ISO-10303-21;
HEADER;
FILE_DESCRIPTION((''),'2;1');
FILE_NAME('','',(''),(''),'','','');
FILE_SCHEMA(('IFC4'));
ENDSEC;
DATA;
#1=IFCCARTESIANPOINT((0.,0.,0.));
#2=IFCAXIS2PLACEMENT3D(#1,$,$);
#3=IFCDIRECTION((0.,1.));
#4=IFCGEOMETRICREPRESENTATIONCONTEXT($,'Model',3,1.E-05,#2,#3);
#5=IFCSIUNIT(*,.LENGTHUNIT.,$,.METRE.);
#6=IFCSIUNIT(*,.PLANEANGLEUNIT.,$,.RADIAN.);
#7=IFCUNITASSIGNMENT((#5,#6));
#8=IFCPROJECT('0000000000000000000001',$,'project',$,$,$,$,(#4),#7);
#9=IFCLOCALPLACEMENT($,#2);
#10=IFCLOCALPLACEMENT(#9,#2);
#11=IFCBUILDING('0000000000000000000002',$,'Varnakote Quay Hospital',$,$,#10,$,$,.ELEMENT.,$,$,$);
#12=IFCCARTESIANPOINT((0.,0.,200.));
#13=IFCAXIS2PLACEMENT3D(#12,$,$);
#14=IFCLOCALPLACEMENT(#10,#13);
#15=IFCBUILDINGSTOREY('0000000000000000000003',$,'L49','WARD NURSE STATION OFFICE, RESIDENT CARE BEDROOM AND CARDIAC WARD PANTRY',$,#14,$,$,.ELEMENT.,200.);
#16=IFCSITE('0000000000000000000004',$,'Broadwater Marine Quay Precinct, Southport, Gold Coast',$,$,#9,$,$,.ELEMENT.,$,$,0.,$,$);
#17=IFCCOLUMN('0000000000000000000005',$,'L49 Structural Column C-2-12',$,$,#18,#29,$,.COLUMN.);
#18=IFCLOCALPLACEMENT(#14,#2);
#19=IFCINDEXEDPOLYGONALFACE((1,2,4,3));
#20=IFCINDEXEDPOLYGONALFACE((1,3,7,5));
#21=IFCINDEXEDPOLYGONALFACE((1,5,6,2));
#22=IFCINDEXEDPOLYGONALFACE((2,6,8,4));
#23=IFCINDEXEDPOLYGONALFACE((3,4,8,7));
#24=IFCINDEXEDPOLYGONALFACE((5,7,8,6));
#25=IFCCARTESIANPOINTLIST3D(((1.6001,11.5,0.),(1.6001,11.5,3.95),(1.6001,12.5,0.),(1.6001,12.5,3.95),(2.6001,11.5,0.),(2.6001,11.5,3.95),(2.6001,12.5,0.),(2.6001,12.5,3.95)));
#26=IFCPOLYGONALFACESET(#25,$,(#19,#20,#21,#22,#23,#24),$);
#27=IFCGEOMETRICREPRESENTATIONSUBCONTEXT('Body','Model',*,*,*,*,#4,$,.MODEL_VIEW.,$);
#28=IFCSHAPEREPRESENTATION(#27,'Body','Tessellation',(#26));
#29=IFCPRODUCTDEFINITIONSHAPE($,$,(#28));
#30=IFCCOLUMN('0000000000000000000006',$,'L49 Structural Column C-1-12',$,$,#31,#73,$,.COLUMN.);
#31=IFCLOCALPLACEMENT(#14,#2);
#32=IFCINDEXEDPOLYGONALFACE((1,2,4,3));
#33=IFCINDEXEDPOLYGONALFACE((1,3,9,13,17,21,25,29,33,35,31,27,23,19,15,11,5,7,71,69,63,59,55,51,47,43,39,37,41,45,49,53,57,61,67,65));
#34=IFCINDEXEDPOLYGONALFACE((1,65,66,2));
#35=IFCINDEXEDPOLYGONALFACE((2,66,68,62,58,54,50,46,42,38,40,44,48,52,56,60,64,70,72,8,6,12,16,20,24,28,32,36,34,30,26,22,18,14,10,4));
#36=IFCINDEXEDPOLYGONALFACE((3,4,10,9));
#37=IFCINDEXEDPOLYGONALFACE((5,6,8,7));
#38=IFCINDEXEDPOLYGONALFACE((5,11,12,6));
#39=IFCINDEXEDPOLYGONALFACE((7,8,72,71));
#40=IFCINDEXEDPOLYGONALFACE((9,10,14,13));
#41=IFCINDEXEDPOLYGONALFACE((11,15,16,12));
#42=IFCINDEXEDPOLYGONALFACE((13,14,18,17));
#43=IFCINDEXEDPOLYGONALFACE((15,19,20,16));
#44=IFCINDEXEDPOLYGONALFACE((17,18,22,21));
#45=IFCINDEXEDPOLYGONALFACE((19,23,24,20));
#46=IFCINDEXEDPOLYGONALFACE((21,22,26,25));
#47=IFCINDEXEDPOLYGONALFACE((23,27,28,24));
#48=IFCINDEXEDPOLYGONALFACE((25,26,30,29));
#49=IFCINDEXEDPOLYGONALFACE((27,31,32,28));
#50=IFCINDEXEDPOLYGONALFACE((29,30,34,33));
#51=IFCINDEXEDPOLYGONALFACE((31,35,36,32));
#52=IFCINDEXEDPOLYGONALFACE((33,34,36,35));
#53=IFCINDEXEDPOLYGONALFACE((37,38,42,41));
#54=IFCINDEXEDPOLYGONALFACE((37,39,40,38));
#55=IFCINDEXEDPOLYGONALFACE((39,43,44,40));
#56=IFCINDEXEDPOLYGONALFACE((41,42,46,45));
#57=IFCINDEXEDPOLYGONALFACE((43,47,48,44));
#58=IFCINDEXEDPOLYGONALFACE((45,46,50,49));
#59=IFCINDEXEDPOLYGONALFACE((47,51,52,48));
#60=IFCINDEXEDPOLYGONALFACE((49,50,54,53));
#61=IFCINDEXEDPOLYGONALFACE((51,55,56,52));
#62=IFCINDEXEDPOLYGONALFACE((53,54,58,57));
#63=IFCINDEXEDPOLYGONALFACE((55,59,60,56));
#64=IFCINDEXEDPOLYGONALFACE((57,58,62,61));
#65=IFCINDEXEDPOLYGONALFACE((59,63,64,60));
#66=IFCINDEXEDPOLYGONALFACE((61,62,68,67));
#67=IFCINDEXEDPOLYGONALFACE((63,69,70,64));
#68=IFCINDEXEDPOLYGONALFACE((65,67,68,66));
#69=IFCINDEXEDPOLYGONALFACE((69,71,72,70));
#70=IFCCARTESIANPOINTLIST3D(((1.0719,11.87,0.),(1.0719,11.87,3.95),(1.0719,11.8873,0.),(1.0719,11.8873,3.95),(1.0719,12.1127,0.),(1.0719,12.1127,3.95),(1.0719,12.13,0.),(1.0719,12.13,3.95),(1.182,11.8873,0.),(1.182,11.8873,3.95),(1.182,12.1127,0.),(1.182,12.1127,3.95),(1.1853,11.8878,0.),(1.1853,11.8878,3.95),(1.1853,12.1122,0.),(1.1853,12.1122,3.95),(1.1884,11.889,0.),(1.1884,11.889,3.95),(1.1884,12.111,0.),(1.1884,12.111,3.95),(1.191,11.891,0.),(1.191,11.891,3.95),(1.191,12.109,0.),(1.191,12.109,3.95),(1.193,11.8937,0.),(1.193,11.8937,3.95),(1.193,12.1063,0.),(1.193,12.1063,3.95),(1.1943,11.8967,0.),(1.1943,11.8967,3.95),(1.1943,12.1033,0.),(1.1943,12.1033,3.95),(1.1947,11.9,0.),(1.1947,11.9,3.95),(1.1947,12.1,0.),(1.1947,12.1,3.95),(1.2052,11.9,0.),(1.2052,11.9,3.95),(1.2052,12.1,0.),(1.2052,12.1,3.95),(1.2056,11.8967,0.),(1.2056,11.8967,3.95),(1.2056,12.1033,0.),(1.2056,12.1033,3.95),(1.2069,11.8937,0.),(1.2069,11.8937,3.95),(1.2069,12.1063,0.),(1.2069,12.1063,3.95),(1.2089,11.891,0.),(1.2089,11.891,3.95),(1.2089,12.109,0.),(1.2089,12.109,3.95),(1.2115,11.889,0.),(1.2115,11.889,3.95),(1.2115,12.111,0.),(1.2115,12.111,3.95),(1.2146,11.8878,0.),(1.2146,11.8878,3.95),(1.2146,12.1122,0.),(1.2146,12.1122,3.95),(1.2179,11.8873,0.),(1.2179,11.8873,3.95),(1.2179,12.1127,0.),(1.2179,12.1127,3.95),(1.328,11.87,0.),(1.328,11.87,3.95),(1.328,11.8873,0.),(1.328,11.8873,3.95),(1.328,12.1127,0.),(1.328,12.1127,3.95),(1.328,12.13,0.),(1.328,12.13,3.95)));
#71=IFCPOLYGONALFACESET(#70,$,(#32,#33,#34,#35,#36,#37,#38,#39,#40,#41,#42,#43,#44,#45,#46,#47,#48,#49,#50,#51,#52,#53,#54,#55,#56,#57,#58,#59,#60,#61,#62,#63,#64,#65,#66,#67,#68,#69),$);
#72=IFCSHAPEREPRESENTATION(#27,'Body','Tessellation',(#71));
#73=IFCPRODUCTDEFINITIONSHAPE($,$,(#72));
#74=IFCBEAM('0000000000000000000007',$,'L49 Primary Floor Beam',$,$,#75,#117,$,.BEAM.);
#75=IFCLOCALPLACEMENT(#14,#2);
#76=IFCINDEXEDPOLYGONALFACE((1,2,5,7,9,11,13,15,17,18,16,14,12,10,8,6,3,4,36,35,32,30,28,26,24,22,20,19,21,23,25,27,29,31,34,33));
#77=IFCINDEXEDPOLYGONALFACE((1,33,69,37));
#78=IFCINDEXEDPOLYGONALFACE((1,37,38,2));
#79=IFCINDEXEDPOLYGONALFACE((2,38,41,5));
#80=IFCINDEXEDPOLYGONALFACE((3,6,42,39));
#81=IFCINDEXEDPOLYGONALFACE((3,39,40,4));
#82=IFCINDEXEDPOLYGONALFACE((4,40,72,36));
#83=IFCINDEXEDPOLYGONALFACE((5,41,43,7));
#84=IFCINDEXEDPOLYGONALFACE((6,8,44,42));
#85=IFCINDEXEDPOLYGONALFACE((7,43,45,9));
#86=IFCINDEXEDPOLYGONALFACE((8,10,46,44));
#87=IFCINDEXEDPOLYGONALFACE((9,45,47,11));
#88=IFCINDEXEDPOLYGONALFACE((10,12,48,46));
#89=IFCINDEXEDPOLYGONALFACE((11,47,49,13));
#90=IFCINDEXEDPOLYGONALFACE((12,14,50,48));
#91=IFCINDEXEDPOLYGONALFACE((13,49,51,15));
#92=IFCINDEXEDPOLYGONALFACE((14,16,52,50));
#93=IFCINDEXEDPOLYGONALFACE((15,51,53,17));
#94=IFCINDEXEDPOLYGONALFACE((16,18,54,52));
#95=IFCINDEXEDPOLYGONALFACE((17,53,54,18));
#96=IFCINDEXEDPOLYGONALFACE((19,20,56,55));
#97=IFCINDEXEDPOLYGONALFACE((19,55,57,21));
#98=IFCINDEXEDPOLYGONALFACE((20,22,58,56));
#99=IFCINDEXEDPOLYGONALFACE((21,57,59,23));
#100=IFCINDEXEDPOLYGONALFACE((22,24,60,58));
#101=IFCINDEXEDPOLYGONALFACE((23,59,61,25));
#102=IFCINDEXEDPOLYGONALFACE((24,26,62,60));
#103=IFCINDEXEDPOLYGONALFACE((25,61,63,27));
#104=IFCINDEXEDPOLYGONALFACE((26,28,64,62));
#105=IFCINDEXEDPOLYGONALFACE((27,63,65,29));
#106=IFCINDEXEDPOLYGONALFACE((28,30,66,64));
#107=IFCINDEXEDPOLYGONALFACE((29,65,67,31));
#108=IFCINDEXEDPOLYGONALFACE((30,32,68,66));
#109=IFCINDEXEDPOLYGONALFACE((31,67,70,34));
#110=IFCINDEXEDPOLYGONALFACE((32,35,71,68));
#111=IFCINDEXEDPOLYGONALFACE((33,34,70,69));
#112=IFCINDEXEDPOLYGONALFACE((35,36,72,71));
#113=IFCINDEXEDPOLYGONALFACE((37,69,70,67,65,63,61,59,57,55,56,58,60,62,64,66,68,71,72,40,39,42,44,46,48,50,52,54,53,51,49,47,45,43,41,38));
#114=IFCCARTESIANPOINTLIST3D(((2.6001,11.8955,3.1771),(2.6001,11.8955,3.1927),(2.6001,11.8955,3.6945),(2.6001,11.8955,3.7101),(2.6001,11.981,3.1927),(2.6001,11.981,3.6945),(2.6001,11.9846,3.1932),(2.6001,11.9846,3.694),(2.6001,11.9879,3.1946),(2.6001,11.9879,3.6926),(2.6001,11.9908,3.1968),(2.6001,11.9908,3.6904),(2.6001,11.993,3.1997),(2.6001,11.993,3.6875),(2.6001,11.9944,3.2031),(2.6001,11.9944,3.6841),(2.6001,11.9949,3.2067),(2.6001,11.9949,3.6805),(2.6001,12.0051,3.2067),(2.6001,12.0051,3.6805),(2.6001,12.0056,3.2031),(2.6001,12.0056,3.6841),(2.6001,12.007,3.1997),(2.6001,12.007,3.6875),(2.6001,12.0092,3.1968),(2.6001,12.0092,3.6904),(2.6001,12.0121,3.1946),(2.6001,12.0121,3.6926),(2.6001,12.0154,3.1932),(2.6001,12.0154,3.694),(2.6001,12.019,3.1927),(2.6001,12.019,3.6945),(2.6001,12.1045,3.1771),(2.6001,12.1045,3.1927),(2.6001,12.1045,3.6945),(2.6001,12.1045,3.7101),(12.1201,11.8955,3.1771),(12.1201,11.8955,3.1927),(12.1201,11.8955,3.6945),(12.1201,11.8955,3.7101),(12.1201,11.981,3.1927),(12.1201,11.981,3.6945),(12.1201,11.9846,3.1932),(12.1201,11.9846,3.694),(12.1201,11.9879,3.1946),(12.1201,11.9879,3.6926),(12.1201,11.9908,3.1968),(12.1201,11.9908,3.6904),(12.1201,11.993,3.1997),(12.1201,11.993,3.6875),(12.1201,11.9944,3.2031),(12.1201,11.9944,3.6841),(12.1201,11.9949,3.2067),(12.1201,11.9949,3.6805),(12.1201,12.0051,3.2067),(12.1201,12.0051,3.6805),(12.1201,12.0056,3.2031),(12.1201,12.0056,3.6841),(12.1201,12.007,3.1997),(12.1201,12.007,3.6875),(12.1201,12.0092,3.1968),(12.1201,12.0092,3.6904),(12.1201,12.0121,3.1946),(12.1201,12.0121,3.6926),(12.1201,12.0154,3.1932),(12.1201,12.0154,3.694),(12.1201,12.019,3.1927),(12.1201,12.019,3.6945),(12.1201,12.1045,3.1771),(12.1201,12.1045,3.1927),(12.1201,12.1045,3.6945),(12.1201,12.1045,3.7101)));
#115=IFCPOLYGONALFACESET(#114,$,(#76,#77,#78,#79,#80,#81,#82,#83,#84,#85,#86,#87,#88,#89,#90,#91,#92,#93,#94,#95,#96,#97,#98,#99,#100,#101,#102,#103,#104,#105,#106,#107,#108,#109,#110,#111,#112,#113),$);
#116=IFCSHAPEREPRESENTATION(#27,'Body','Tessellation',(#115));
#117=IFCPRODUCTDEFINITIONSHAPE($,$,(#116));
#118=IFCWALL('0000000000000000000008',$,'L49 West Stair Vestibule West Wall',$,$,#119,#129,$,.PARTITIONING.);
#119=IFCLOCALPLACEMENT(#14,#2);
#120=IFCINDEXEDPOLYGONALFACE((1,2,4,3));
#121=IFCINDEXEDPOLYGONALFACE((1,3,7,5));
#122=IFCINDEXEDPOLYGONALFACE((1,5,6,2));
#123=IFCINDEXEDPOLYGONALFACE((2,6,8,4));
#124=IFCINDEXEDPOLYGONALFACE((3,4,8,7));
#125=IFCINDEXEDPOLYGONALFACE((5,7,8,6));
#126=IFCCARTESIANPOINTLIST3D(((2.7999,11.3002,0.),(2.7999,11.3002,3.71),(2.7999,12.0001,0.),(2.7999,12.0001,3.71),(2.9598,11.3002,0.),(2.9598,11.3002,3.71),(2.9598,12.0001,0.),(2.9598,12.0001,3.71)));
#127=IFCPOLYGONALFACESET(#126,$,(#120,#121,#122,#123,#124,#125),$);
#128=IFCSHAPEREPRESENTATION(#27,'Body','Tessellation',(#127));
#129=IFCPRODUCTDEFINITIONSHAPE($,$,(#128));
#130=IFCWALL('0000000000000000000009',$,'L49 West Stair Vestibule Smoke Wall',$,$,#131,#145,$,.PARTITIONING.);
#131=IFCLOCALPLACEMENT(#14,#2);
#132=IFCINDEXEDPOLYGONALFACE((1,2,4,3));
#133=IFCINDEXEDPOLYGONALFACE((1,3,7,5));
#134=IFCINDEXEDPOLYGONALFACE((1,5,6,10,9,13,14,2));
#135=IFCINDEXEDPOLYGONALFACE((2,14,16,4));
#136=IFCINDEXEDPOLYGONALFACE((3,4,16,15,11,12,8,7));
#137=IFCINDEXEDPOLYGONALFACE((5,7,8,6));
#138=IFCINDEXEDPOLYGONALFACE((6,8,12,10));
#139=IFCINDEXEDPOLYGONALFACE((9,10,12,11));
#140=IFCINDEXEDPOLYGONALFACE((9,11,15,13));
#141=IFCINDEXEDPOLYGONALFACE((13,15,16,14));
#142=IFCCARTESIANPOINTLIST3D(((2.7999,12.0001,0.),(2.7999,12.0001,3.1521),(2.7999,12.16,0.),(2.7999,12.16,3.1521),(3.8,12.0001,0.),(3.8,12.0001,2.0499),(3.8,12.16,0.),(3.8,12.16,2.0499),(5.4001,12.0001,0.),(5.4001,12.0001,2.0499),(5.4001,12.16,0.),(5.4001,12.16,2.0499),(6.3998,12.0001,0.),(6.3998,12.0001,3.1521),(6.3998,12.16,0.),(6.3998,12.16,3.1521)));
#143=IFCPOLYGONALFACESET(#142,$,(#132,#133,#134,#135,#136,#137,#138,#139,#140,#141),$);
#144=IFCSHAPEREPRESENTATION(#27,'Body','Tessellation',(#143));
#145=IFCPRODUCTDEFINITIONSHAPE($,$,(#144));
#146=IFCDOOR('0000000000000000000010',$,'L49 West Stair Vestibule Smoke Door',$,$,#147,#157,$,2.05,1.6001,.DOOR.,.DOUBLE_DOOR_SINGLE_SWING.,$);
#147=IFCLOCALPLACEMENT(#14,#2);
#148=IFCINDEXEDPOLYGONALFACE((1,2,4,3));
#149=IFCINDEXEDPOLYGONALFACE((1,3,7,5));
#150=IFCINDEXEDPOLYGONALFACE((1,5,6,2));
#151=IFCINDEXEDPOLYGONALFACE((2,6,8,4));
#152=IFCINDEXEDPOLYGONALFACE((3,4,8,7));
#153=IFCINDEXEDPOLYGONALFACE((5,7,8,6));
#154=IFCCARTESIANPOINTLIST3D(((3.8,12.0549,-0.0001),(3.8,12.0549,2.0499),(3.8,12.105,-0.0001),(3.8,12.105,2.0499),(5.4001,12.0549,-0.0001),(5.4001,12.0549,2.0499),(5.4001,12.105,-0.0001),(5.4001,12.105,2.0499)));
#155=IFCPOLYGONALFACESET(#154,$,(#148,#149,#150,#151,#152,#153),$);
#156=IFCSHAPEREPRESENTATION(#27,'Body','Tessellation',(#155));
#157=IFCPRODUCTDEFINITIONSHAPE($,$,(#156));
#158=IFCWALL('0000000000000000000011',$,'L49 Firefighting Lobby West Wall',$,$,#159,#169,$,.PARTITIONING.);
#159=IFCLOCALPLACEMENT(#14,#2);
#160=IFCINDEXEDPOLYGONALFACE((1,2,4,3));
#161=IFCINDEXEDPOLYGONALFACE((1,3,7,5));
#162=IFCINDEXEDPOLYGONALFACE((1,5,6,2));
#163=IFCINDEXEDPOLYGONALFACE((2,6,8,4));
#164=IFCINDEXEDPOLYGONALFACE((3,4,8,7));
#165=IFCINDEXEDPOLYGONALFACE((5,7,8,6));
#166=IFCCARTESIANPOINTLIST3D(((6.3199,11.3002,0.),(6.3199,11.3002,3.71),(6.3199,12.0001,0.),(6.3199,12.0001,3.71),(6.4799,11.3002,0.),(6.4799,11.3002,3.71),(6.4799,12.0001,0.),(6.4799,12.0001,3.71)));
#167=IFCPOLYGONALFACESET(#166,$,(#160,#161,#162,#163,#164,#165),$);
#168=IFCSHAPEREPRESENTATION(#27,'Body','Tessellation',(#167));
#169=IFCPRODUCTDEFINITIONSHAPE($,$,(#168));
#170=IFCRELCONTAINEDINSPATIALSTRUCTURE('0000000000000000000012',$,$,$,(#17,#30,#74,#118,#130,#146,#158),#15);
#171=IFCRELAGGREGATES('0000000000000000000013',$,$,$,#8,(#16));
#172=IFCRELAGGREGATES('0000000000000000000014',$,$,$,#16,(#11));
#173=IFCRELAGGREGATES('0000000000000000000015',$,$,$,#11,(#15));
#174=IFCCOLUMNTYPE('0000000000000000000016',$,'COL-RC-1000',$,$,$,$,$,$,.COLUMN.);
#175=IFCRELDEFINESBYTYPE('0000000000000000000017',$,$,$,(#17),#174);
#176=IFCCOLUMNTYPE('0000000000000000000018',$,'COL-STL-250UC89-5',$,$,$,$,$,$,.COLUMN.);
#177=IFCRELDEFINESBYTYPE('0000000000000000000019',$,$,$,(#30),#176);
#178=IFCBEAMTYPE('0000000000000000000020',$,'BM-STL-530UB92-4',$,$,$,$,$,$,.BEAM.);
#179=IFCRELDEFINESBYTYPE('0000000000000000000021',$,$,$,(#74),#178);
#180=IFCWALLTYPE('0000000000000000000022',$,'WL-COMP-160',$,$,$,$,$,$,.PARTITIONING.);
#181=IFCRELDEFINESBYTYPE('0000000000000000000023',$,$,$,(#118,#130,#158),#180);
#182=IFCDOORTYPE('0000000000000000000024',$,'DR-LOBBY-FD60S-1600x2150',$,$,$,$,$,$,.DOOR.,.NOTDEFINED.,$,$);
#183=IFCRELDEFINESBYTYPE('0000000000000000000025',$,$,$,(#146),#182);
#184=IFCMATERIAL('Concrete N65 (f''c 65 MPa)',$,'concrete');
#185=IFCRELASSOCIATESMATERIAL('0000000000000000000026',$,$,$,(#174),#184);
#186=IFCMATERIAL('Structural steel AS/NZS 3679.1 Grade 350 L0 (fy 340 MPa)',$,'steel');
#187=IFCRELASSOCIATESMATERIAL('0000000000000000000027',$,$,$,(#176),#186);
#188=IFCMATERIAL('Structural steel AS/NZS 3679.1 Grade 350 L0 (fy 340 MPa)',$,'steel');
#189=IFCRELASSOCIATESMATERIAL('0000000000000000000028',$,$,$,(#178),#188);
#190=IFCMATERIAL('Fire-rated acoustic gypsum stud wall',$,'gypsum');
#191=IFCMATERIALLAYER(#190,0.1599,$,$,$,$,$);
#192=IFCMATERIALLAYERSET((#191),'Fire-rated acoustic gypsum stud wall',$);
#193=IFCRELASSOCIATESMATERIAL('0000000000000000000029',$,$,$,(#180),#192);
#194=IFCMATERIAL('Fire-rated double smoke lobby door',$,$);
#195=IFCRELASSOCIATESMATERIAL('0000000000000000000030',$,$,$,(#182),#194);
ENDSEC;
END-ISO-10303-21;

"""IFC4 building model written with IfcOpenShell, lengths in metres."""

from ifc_helpers import new_model, si_unit, direction, frame, frame_2d, origin, origin_2d, place, context, subcontext, project, spatial, rectangle, i_section, extrude, material, layer, layer_set, material_profile, profile_set, type_object, element, fill, save


model = new_model("IFC4")

# Units and contexts
model_context = context("Model", 3, precision=1e-05, world=origin(), true_north=direction((0.0, 1.0)))
body_context = subcontext(model_context, "Body", "Model", "MODEL_VIEW")
ifc_project = project(units=[si_unit("LENGTHUNIT", "METRE"), si_unit("PLANEANGLEUNIT", "RADIAN")], contexts=[model_context])

# Site, building, storey
site_placement = place(None, origin())
site = spatial("IfcSite", under=ifc_project, at=site_placement, Name="Broadwater Marine Quay Precinct, Southport, Gold Coast", CompositionType="ELEMENT", RefElevation=0.0)
building_placement = place(site_placement, origin())
building = spatial("IfcBuilding", under=site, at=building_placement, Name="Varnakote Quay Hospital", CompositionType="ELEMENT")
storey_placement = place(building_placement, frame((0.0, 0.0, 200.0)))
storey = spatial("IfcBuildingStorey", under=building, at=storey_placement, Name="L49", Description="WARD NURSE STATION OFFICE, RESIDENT CARE BEDROOM AND CARDIAC WARD PANTRY", CompositionType="ELEMENT", Elevation=200.0)

# Columns
ifc_material_1 = material(Name="Concrete N65 (f'c 65 MPa)", Category="concrete")
ifc_material_profile_1 = material_profile(ifc_material_1, rectangle(XDim=1.0, YDim=1.0, at=origin_2d()), Name="RC-COL-1000x1000")
ifc_profile_set_1 = profile_set([ifc_material_profile_1], Name="Concrete N65 (f'c 65 MPa)")
column_type_1 = type_object("IfcColumnType", Name="COL-RC-1000", PredefinedType="COLUMN", material=ifc_profile_set_1)
column_1_placement = place(storey_placement, frame((2.1001, 12.0, 0.0), z_axis=(0.0, 0.0, 1.0), x_axis=(1.0, 0.0, 0.0)))
element("IfcColumn", 1, at=column_1_placement, inside=storey, type_object=column_type_1, Name="L49 Structural Column C-2-12", PredefinedType="COLUMN", context=body_context, shape_type="SweptSolid", body=[
    extrude(rectangle(XDim=1.0, YDim=1.0, at=origin_2d()), origin(), (0.0, 0.0, 1.0), 3.95),
])
ifc_material_2 = material(Name="Structural steel AS/NZS 3679.1 Grade 350 L0 (fy 340 MPa)", Category="steel")
ifc_material_profile_2 = material_profile(ifc_material_2, i_section(OverallWidth=0.2561, OverallDepth=0.26, WebThickness=0.0105, FlangeThickness=0.0173, FilletRadius=0.0127, at=origin_2d()), Name="250UC89.5")
ifc_profile_set_2 = profile_set([ifc_material_profile_2], Name="Structural steel AS/NZS 3679.1 Grade 350 L0 (fy 340 MPa)")
column_type_2 = type_object("IfcColumnType", Name="COL-STL-250UC89-5", PredefinedType="COLUMN", material=ifc_profile_set_2)
column_2_placement = place(storey_placement, frame((1.2, 12.0, 0.0), z_axis=(0.0, 0.0, 1.0), x_axis=(1.0, 0.0, 0.0)))
element("IfcColumn", 2, at=column_2_placement, inside=storey, type_object=column_type_2, Name="L49 Structural Column C-1-12", PredefinedType="COLUMN", context=body_context, shape_type="SweptSolid", body=[
    extrude(i_section(OverallWidth=0.2561, OverallDepth=0.26, WebThickness=0.0105, FlangeThickness=0.0173, FilletRadius=0.0127, at=origin_2d()), origin(), (0.0, 0.0, 1.0), 3.95),
])

# Beam
ifc_material_3 = material(Name="Structural steel AS/NZS 3679.1 Grade 350 L0 (fy 340 MPa)", Category="steel")
ifc_material_profile_3 = material_profile(ifc_material_3, i_section(OverallWidth=0.209, OverallDepth=0.533, WebThickness=0.0103, FlangeThickness=0.0156, FilletRadius=0.0139, at=origin_2d()), Name="530UB92.4")
ifc_profile_set_3 = profile_set([ifc_material_profile_3], Name="Structural steel AS/NZS 3679.1 Grade 350 L0 (fy 340 MPa)")
beam_type = type_object("IfcBeamType", Name="BM-STL-530UB92-4", PredefinedType="BEAM", material=ifc_profile_set_3)
beam_placement = place(storey_placement, frame((2.6001, 12.0, 3.4436), z_axis=(1.0, 0.0, 0.0), x_axis=(0.0, 1.0, 0.0)))
element("IfcBeam", 3, at=beam_placement, inside=storey, type_object=beam_type, Name="L49 Primary Floor Beam", PredefinedType="BEAM", context=body_context, shape_type="SweptSolid", body=[
    extrude(i_section(OverallWidth=0.209, OverallDepth=0.533, WebThickness=0.0103, FlangeThickness=0.0156, FilletRadius=0.0139, at=origin_2d()), origin(), (0.0, 0.0, 1.0), 9.52),
])

# Wall
ifc_material_4 = material(Name="Fire-rated acoustic gypsum stud wall", Category="gypsum")
ifc_layer_1 = layer(ifc_material_4, 0.1599)
ifc_layer_set_1 = layer_set([ifc_layer_1], Name="Fire-rated acoustic gypsum stud wall")
wall_type_1 = type_object("IfcWallType", Name="WL-COMP-160", PredefinedType="PARTITIONING", material=ifc_layer_set_1)
wall_1_placement = place(storey_placement, frame((2.8799, 11.3, 0.0), z_axis=(0.0, 0.0, 1.0), x_axis=(0.0, 1.0, 0.0)))
element("IfcWall", 4, at=wall_1_placement, inside=storey, type_object=wall_type_1, Name="L49 West Stair Vestibule West Wall", PredefinedType="PARTITIONING", context=body_context, shape_type="SweptSolid", body=[
    extrude(rectangle(XDim=0.7, YDim=0.1599, at=frame_2d((0.3501, 0.0))), origin(), (0.0, 0.0, 1.0), 3.71),
])

# Wall, opening, door
wall_2_placement = place(storey_placement, frame((2.8, 12.0801, 0.0), z_axis=(0.0, 0.0, 1.0), x_axis=(1.0, 0.0, 0.0)))
wall_2 = element("IfcWall", 5, at=wall_2_placement, inside=storey, type_object=wall_type_1, Name="L49 West Stair Vestibule Smoke Wall", PredefinedType="PARTITIONING", context=body_context, shape_type="SweptSolid", body=[
    extrude(rectangle(XDim=3.5999, YDim=0.1599, at=frame_2d((1.7998, 0.0))), origin(), (0.0, 0.0, 1.0), 3.1521),
])
opening_1_placement = place(wall_2_placement, frame((1.0, 0.0, 0.0)))
opening_1 = element("IfcOpeningElement", 6, at=opening_1_placement, cuts=wall_2, PredefinedType="OPENING", context=body_context, shape_type="SweptSolid", body=[
    extrude(rectangle(XDim=1.6001, YDim=2.05, at=frame_2d((0.8, 1.0249))), frame((0.0, 0.0898, 0.0), z_axis=(0.0, -1.0, 0.0), x_axis=(1.0, 0.0, 0.0)), (0.0, 0.0, 1.0), 0.1799),
])
ifc_material_5 = material(Name="Fire-rated double smoke lobby door")
door_type_1 = type_object("IfcDoorType", Name="DR-LOBBY-FD60S-1600x2150", OperationType="NOTDEFINED", PredefinedType="DOOR", material=ifc_material_5)
door_1_placement = place(opening_1_placement, origin())
door_1 = element("IfcDoor", 7, at=door_1_placement, inside=storey, type_object=door_type_1, Name="L49 West Stair Vestibule Smoke Door", OperationType="DOUBLE_DOOR_SINGLE_SWING", OverallHeight=2.05, OverallWidth=1.6001, PredefinedType="DOOR", context=body_context, shape_type="SweptSolid", body=[
    extrude(rectangle(XDim=1.6001, YDim=2.05, at=frame_2d((0.8, 1.0249))), frame((0.0, 0.0249, 0.0), z_axis=(0.0, -1.0, 0.0), x_axis=(1.0, 0.0, 0.0)), (0.0, 0.0, 1.0), 0.05),
])
fill(opening_1, door_1)

# Wall
wall_3_placement = place(storey_placement, frame((6.3999, 11.3, 0.0), z_axis=(0.0, 0.0, 1.0), x_axis=(0.0, 1.0, 0.0)))
element("IfcWall", 8, at=wall_3_placement, inside=storey, type_object=wall_type_1, Name="L49 Firefighting Lobby West Wall", PredefinedType="PARTITIONING", context=body_context, shape_type="SweptSolid", body=[
    extrude(rectangle(XDim=0.7, YDim=0.1599, at=frame_2d((0.3501, 0.0))), origin(), (0.0, 0.0, 1.0), 3.71),
])

save(model, "model.ifc")
